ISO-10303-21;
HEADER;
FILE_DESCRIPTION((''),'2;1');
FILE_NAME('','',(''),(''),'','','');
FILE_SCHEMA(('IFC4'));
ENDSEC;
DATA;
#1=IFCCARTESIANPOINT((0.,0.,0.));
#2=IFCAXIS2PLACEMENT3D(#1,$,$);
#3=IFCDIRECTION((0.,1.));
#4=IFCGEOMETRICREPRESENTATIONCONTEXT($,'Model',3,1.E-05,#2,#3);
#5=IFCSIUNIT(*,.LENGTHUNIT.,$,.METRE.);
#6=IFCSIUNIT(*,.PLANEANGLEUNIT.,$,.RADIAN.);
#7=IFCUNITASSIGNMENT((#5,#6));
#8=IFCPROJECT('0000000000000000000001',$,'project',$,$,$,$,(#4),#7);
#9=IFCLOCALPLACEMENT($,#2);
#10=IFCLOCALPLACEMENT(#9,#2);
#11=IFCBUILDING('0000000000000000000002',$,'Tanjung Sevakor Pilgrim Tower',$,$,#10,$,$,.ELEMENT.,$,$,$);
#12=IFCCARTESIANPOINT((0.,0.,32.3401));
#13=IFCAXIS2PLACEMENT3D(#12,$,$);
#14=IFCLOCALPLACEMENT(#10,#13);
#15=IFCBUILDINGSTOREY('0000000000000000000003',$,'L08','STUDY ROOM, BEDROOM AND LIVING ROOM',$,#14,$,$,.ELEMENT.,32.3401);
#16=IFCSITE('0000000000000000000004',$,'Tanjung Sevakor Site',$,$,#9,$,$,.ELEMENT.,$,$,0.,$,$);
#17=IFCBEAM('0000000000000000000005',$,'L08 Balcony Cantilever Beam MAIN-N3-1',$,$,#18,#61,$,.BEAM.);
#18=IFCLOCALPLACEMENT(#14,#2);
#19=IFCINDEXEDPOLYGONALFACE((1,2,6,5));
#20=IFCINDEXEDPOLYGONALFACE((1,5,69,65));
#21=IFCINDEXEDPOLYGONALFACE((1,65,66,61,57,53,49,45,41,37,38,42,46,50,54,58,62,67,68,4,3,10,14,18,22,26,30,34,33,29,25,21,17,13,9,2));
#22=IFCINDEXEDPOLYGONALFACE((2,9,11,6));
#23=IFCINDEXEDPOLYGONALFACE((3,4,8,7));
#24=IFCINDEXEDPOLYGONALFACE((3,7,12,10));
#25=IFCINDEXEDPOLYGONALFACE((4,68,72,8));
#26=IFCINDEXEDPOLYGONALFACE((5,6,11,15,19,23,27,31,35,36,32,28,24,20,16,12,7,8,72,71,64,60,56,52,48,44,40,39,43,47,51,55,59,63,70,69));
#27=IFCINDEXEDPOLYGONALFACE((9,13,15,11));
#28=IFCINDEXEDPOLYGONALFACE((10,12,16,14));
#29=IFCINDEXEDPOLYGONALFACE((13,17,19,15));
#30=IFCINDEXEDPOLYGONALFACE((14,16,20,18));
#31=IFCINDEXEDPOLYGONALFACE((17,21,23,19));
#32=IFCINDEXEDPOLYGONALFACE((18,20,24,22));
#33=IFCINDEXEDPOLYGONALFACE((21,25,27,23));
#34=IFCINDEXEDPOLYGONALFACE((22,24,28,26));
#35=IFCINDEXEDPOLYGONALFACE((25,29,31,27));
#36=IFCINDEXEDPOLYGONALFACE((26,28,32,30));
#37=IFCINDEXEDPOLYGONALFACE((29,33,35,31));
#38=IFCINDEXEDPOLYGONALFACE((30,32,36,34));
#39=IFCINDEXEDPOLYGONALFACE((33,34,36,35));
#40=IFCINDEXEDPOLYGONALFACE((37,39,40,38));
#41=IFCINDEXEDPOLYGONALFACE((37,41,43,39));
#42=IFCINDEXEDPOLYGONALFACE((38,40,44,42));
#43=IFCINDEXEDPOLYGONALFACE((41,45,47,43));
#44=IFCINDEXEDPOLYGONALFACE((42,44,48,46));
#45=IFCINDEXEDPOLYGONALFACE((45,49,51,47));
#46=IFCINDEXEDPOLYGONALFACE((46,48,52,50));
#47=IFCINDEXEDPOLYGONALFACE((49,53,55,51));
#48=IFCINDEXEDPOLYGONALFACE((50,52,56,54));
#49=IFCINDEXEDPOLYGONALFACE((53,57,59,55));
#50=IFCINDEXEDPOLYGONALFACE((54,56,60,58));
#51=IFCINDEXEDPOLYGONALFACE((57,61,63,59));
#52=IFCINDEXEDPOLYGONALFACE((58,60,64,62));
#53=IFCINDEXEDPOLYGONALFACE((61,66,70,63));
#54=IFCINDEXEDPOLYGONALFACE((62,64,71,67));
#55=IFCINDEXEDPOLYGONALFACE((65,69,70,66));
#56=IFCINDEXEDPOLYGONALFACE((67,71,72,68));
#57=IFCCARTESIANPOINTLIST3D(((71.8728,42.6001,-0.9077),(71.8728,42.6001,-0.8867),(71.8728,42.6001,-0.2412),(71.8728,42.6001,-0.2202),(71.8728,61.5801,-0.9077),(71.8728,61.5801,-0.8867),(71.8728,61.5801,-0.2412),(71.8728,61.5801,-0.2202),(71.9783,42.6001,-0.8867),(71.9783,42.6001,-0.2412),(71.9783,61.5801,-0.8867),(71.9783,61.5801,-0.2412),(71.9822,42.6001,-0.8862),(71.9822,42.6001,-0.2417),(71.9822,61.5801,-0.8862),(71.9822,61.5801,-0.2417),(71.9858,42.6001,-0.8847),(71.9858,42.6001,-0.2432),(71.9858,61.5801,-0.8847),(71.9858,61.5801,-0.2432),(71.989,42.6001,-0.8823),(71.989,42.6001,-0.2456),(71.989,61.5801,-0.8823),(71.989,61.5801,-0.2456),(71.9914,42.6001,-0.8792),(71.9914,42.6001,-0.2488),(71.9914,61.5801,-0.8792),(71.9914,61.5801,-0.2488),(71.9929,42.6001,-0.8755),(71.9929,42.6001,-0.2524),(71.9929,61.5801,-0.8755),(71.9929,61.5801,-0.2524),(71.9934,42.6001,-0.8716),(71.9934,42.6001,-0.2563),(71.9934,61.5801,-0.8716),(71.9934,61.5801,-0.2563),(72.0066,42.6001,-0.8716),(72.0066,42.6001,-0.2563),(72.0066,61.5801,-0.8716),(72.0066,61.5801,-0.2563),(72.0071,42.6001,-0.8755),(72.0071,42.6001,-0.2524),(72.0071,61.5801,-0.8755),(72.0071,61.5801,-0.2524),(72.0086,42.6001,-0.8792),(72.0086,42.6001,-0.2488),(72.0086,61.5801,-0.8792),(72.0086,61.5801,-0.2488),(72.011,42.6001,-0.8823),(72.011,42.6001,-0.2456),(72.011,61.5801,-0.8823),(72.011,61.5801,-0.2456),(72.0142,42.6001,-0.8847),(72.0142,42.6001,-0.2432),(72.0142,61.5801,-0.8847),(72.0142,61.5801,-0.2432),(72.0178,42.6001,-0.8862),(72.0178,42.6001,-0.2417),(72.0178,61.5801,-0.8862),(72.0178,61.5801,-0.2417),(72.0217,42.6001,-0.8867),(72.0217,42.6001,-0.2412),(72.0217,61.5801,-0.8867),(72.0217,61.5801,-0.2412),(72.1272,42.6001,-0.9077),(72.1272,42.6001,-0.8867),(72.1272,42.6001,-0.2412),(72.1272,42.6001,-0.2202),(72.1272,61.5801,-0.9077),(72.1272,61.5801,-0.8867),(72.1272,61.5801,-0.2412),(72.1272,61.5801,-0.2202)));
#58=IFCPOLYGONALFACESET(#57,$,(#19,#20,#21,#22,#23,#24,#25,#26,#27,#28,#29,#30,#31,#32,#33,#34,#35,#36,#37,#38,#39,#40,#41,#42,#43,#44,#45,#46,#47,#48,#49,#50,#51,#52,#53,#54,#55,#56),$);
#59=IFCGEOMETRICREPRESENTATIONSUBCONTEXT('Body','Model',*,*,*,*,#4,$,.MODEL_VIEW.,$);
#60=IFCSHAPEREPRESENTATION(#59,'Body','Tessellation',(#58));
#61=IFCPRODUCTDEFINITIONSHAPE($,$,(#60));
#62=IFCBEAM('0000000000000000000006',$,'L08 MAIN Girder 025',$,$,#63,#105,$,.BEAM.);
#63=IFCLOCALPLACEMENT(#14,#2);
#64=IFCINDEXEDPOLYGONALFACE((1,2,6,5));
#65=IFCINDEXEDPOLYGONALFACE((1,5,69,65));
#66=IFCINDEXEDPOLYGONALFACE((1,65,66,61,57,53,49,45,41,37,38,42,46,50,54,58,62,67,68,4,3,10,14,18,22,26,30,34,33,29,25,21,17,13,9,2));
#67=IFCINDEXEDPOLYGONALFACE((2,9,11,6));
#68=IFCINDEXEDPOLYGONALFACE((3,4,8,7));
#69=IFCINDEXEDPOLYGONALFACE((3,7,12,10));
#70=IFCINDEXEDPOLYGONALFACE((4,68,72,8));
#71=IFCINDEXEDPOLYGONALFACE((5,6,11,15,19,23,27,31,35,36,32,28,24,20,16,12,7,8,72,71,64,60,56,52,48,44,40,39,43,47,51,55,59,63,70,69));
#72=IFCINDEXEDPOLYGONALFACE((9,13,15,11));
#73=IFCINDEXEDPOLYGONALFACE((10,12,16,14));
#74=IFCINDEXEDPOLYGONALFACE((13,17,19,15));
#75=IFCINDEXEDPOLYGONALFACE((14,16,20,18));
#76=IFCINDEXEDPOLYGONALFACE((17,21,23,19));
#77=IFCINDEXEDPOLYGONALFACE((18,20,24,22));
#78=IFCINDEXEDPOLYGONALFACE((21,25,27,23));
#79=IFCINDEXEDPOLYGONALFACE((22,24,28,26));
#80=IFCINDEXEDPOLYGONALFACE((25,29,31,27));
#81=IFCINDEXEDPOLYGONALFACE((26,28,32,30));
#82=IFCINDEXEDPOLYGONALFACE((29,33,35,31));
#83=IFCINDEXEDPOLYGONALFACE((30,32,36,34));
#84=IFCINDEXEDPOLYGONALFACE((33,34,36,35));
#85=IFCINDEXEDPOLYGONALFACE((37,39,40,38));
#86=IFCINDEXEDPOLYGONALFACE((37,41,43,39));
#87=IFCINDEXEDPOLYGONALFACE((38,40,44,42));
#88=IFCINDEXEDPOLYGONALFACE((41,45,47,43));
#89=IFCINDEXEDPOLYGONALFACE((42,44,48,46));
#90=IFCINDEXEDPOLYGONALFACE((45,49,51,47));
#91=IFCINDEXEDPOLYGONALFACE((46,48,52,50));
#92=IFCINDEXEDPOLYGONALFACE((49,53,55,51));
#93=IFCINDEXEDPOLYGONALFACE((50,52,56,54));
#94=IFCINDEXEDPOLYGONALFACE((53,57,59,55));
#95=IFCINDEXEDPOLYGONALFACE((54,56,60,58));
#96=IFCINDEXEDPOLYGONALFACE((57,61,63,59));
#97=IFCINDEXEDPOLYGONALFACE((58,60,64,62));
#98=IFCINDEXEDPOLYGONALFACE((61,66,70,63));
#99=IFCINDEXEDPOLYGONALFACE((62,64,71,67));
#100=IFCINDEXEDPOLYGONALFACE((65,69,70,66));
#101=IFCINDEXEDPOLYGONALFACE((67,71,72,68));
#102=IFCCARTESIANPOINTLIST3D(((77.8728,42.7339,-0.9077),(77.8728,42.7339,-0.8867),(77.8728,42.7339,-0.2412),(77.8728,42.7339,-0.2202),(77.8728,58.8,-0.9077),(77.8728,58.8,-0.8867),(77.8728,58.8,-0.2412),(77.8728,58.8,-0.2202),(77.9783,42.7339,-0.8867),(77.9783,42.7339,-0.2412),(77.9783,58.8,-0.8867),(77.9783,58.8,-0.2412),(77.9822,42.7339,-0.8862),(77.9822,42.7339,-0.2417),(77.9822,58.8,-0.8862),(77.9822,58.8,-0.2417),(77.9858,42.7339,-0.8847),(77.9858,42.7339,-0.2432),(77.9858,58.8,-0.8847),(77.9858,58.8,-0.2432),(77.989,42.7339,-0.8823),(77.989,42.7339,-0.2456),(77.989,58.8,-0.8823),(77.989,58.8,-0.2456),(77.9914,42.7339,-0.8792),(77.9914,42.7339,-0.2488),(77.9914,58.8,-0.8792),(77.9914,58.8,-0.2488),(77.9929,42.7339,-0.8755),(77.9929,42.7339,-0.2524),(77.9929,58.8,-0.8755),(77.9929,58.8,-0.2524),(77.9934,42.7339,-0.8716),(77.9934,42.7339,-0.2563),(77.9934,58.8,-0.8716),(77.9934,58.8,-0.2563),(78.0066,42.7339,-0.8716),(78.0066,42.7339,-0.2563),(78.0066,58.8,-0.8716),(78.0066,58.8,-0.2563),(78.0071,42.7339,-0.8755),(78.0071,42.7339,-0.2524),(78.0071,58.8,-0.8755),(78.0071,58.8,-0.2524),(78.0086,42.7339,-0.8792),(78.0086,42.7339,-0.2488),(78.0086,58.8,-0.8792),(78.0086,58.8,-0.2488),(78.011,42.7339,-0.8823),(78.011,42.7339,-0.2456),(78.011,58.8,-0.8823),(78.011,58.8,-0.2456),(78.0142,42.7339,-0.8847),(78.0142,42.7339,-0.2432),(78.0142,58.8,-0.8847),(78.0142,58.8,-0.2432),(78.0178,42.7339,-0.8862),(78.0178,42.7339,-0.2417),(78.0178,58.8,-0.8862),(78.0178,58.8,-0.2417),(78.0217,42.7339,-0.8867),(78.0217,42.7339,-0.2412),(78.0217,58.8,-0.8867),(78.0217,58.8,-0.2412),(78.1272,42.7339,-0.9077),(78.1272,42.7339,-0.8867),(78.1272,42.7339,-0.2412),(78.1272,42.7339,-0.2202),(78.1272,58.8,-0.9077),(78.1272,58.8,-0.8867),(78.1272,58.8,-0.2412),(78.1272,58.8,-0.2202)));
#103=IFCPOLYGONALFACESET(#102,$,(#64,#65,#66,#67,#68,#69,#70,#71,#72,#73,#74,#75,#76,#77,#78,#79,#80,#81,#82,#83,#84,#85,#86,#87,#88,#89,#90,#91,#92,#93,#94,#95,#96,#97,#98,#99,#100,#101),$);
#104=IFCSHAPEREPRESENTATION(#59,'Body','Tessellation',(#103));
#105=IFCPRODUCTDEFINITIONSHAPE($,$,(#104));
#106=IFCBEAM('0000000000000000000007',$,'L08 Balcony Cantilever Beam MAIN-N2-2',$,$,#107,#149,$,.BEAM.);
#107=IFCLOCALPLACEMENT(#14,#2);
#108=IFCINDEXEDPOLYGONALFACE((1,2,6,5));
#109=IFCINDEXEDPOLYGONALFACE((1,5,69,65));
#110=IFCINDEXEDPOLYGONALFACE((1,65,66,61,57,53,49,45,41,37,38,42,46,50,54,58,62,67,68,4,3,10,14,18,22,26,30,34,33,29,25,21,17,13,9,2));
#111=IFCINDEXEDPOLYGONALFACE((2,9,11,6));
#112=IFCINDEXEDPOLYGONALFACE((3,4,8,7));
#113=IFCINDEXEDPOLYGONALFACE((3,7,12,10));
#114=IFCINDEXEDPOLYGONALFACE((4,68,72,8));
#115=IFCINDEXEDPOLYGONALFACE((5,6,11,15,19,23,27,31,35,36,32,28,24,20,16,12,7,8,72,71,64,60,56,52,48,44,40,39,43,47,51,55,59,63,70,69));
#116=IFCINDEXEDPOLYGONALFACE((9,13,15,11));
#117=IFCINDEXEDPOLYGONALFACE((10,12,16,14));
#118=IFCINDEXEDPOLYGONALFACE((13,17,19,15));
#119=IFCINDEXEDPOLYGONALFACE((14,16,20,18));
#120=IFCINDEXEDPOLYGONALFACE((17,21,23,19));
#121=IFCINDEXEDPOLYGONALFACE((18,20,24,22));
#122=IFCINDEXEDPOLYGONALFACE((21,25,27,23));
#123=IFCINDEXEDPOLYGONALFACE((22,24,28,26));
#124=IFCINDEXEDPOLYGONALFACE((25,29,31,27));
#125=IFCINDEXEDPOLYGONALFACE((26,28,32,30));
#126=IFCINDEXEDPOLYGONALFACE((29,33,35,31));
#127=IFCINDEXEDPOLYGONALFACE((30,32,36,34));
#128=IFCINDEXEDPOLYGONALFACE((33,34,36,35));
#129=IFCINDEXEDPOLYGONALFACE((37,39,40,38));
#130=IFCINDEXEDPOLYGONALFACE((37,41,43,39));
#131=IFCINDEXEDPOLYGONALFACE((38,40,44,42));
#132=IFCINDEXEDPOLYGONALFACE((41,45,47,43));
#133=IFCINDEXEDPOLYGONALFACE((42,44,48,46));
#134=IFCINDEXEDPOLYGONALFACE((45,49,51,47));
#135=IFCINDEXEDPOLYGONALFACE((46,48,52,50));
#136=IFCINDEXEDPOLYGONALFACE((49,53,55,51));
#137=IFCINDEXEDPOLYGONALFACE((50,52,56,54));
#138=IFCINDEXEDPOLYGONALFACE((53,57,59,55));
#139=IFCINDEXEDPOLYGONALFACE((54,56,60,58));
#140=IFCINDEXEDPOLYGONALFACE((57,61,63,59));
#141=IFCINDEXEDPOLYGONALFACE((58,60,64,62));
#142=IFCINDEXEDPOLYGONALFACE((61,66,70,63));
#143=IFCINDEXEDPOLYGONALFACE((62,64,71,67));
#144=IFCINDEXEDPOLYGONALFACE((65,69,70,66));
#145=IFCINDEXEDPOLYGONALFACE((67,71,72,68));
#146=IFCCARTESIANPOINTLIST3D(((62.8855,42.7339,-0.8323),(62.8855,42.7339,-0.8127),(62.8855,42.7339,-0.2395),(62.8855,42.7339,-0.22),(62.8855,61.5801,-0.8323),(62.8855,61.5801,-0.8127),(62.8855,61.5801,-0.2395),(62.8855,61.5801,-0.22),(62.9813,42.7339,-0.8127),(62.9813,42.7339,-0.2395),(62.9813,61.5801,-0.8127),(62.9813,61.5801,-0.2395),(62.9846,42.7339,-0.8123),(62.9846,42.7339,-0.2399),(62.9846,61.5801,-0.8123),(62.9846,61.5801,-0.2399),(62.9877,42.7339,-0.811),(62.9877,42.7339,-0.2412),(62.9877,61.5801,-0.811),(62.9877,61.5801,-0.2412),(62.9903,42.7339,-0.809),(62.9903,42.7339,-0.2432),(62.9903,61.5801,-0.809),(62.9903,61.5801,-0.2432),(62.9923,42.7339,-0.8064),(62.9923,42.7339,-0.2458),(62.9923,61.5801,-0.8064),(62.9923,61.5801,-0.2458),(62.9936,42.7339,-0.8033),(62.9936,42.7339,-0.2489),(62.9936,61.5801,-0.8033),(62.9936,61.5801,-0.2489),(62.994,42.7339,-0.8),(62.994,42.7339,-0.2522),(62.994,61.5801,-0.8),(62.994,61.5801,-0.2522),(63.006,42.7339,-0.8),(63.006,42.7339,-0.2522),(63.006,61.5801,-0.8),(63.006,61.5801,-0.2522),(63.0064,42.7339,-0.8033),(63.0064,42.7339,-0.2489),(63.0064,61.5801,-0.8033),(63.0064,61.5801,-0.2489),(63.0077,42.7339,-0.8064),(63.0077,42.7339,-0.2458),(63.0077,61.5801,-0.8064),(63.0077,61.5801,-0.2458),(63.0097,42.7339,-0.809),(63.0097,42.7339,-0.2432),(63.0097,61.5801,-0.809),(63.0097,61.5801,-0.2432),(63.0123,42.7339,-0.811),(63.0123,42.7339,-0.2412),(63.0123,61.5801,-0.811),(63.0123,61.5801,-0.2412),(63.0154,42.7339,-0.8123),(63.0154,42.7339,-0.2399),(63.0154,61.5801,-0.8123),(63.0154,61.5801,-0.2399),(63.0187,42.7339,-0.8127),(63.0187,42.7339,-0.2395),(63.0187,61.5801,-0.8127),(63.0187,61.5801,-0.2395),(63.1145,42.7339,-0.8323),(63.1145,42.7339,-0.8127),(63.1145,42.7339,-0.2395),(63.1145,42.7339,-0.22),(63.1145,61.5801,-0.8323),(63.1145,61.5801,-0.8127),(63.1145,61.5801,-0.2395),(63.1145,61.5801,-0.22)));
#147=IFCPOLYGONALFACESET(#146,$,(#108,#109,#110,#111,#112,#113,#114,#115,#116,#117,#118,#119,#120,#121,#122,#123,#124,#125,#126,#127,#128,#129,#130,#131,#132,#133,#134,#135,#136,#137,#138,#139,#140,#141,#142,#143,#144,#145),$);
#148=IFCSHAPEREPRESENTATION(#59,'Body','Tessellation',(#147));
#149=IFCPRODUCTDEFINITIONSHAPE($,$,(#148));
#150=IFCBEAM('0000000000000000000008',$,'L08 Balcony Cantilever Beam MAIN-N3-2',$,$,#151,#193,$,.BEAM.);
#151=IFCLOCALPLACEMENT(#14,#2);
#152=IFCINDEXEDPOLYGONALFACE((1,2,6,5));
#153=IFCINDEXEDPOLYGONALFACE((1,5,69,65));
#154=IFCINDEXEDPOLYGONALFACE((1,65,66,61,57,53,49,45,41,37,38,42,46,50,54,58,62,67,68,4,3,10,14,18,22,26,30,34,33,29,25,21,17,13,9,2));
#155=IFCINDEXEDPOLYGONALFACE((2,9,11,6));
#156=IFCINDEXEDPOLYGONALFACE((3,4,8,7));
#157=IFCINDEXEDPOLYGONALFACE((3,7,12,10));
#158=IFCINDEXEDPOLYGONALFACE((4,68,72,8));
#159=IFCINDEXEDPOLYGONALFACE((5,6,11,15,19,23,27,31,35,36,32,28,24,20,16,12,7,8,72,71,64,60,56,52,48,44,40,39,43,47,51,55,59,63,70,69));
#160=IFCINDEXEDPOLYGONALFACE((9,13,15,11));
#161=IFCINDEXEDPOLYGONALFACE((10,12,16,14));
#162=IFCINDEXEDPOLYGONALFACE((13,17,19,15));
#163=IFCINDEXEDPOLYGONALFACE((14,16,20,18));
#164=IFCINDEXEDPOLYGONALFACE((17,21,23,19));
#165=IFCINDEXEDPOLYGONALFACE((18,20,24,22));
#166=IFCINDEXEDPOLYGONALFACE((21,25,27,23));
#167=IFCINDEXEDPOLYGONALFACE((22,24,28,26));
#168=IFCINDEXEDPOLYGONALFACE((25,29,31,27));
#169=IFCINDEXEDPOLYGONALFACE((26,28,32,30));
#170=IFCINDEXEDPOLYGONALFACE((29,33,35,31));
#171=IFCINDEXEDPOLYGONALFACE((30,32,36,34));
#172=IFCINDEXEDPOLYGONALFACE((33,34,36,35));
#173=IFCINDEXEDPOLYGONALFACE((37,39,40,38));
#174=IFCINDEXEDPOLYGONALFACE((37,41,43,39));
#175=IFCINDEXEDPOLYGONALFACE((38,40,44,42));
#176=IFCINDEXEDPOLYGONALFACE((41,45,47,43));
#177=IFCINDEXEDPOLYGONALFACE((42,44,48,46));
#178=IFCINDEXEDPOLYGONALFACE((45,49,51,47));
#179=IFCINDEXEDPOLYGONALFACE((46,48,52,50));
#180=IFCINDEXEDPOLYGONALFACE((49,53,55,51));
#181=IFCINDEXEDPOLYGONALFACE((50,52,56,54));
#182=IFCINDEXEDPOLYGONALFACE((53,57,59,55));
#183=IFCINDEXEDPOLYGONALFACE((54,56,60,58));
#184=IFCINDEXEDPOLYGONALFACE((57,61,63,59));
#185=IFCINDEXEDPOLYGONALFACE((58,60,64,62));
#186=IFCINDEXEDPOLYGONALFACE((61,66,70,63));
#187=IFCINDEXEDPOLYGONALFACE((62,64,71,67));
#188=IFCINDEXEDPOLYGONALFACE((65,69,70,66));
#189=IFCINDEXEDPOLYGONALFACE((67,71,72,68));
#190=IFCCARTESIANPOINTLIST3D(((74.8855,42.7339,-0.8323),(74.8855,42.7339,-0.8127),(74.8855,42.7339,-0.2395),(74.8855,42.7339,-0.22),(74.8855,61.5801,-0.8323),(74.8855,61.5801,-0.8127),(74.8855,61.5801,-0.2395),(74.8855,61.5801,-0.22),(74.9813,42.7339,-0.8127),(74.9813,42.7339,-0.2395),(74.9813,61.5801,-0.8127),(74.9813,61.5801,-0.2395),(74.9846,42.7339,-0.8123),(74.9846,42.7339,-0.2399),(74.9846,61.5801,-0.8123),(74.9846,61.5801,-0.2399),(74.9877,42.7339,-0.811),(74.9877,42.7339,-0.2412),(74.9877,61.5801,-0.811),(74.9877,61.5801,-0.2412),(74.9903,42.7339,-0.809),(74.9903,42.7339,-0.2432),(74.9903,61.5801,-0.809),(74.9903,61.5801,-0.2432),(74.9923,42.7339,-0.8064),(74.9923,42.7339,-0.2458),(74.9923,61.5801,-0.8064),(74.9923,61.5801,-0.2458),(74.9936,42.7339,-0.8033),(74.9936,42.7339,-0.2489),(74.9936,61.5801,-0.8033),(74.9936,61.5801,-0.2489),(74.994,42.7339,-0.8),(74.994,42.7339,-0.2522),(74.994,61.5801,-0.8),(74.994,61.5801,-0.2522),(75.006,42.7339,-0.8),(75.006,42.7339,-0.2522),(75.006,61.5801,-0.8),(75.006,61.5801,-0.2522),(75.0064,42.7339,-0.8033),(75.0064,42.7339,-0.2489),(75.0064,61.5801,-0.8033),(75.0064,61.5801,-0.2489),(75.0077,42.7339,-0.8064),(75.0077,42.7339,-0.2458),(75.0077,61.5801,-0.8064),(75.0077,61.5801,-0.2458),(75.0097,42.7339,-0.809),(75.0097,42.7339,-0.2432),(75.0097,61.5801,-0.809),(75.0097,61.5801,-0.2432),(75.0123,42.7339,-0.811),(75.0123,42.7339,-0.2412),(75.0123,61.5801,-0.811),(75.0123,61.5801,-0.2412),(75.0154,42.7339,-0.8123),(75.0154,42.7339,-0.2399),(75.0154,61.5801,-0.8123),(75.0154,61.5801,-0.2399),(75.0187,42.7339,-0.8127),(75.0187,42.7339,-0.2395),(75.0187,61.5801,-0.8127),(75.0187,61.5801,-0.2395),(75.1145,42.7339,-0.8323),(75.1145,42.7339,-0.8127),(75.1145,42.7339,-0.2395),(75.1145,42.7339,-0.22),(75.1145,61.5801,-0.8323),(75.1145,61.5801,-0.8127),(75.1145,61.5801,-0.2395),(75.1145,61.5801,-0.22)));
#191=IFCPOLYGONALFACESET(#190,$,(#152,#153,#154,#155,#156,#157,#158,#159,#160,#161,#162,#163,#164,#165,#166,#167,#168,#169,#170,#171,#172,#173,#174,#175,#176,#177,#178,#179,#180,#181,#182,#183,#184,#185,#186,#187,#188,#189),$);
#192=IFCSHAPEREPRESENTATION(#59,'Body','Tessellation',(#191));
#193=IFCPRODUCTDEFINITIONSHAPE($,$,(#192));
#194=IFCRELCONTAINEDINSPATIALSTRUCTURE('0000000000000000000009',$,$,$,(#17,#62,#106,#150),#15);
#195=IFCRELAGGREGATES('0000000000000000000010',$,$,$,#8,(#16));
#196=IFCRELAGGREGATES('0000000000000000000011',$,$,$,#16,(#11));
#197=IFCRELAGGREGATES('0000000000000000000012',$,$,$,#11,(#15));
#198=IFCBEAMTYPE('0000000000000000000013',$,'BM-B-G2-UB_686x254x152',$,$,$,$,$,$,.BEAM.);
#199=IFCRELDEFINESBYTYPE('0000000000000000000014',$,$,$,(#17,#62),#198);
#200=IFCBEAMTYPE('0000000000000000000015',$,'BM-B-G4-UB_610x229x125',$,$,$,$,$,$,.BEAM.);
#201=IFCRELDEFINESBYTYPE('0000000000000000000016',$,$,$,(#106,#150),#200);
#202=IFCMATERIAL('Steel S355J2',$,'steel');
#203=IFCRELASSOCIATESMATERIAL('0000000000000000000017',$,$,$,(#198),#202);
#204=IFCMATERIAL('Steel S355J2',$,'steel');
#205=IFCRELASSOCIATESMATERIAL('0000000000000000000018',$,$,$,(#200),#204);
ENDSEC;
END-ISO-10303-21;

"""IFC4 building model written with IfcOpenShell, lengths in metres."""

from ifc_helpers import new_model, si_unit, direction, frame, origin, origin_2d, place, context, subcontext, project, spatial, i_section, extrude, material, material_profile, profile_set, type_object, element, save


model = new_model("IFC4")

# Units and contexts
model_context = context("Model", 3, precision=1e-05, world=origin(), true_north=direction((0.0, 1.0)))
body_context = subcontext(model_context, "Body", "Model", "MODEL_VIEW")
ifc_project = project(units=[si_unit("LENGTHUNIT", "METRE"), si_unit("PLANEANGLEUNIT", "RADIAN")], contexts=[model_context])

# Site, building, storey
site_placement = place(None, origin())
site = spatial("IfcSite", under=ifc_project, at=site_placement, Name="Tanjung Sevakor Site", CompositionType="ELEMENT", RefElevation=0.0)
building_placement = place(site_placement, origin())
building = spatial("IfcBuilding", under=site, at=building_placement, Name="Tanjung Sevakor Pilgrim Tower", CompositionType="ELEMENT")
storey_placement = place(building_placement, frame((0.0, 0.0, 32.3401)))
storey = spatial("IfcBuildingStorey", under=building, at=storey_placement, Name="L08", Description="STUDY ROOM, BEDROOM AND LIVING ROOM", CompositionType="ELEMENT", Elevation=32.3401)

# Beams
ifc_material_1 = material(Name="Steel S355J2", Category="steel")
ifc_material_profile_1 = material_profile(ifc_material_1, i_section(OverallWidth=0.2544, OverallDepth=0.6875, WebThickness=0.0132, FlangeThickness=0.021, FilletRadius=0.0151, at=origin_2d()))
ifc_profile_set_1 = profile_set([ifc_material_profile_1], Name="Steel S355J2")
beam_type_1 = type_object("IfcBeamType", Name="BM-B-G2-UB_686x254x152", PredefinedType="BEAM", material=ifc_profile_set_1)
beam_1_placement = place(storey_placement, frame((72.0, 42.6001, -0.564), z_axis=(0.0, 1.0, 0.0), x_axis=(-1.0, 0.0, 0.0)))
element("IfcBeam", 1, at=beam_1_placement, inside=storey, type_object=beam_type_1, Name="L08 Balcony Cantilever Beam MAIN-N3-1", PredefinedType="BEAM", context=body_context, shape_type="SweptSolid", body=[
    extrude(i_section(OverallWidth=0.2544, OverallDepth=0.6875, WebThickness=0.0132, FlangeThickness=0.021, FilletRadius=0.0151, at=origin_2d()), origin(), (0.0, 0.0, 1.0), 18.98),
])
beam_2_placement = place(storey_placement, frame((78.0, 42.7339, -0.564), z_axis=(0.0, 1.0, 0.0), x_axis=(-1.0, 0.0, 0.0)))
element("IfcBeam", 2, at=beam_2_placement, inside=storey, type_object=beam_type_1, Name="L08 MAIN Girder 025", PredefinedType="BEAM", context=body_context, shape_type="SweptSolid", body=[
    extrude(i_section(OverallWidth=0.2544, OverallDepth=0.6875, WebThickness=0.0132, FlangeThickness=0.021, FilletRadius=0.0151, at=origin_2d()), origin(), (0.0, 0.0, 1.0), 16.0662),
])
ifc_material_2 = material(Name="Steel S355J2", Category="steel")
ifc_material_profile_2 = material_profile(ifc_material_2, i_section(OverallWidth=0.229, OverallDepth=0.6123, WebThickness=0.012, FlangeThickness=0.0195, FilletRadius=0.0127, at=origin_2d()))
ifc_profile_set_2 = profile_set([ifc_material_profile_2], Name="Steel S355J2")
beam_type_2 = type_object("IfcBeamType", Name="BM-B-G4-UB_610x229x125", PredefinedType="BEAM", material=ifc_profile_set_2)
for number, where, z_axis, x_axis, name in (
    (3, (63.0, 42.7339, -0.5261), (0.0, 1.0, 0.0), (-1.0, 0.0, 0.0), "L08 Balcony Cantilever Beam MAIN-N2-2"),
    (4, (75.0, 42.7339, -0.5261), (0.0, 1.0, 0.0), (-1.0, 0.0, 0.0), "L08 Balcony Cantilever Beam MAIN-N3-2"),
):
    element("IfcBeam", number, at=place(storey_placement, frame(where, z_axis=z_axis, x_axis=x_axis)), inside=storey, type_object=beam_type_2, Name=name, PredefinedType="BEAM", context=body_context, shape_type="SweptSolid", body=[
        extrude(i_section(OverallWidth=0.229, OverallDepth=0.6123, WebThickness=0.012, FlangeThickness=0.0195, FilletRadius=0.0127, at=origin_2d()), origin(), (0.0, 0.0, 1.0), 18.8462),
    ])

save(model, "model.ifc")
